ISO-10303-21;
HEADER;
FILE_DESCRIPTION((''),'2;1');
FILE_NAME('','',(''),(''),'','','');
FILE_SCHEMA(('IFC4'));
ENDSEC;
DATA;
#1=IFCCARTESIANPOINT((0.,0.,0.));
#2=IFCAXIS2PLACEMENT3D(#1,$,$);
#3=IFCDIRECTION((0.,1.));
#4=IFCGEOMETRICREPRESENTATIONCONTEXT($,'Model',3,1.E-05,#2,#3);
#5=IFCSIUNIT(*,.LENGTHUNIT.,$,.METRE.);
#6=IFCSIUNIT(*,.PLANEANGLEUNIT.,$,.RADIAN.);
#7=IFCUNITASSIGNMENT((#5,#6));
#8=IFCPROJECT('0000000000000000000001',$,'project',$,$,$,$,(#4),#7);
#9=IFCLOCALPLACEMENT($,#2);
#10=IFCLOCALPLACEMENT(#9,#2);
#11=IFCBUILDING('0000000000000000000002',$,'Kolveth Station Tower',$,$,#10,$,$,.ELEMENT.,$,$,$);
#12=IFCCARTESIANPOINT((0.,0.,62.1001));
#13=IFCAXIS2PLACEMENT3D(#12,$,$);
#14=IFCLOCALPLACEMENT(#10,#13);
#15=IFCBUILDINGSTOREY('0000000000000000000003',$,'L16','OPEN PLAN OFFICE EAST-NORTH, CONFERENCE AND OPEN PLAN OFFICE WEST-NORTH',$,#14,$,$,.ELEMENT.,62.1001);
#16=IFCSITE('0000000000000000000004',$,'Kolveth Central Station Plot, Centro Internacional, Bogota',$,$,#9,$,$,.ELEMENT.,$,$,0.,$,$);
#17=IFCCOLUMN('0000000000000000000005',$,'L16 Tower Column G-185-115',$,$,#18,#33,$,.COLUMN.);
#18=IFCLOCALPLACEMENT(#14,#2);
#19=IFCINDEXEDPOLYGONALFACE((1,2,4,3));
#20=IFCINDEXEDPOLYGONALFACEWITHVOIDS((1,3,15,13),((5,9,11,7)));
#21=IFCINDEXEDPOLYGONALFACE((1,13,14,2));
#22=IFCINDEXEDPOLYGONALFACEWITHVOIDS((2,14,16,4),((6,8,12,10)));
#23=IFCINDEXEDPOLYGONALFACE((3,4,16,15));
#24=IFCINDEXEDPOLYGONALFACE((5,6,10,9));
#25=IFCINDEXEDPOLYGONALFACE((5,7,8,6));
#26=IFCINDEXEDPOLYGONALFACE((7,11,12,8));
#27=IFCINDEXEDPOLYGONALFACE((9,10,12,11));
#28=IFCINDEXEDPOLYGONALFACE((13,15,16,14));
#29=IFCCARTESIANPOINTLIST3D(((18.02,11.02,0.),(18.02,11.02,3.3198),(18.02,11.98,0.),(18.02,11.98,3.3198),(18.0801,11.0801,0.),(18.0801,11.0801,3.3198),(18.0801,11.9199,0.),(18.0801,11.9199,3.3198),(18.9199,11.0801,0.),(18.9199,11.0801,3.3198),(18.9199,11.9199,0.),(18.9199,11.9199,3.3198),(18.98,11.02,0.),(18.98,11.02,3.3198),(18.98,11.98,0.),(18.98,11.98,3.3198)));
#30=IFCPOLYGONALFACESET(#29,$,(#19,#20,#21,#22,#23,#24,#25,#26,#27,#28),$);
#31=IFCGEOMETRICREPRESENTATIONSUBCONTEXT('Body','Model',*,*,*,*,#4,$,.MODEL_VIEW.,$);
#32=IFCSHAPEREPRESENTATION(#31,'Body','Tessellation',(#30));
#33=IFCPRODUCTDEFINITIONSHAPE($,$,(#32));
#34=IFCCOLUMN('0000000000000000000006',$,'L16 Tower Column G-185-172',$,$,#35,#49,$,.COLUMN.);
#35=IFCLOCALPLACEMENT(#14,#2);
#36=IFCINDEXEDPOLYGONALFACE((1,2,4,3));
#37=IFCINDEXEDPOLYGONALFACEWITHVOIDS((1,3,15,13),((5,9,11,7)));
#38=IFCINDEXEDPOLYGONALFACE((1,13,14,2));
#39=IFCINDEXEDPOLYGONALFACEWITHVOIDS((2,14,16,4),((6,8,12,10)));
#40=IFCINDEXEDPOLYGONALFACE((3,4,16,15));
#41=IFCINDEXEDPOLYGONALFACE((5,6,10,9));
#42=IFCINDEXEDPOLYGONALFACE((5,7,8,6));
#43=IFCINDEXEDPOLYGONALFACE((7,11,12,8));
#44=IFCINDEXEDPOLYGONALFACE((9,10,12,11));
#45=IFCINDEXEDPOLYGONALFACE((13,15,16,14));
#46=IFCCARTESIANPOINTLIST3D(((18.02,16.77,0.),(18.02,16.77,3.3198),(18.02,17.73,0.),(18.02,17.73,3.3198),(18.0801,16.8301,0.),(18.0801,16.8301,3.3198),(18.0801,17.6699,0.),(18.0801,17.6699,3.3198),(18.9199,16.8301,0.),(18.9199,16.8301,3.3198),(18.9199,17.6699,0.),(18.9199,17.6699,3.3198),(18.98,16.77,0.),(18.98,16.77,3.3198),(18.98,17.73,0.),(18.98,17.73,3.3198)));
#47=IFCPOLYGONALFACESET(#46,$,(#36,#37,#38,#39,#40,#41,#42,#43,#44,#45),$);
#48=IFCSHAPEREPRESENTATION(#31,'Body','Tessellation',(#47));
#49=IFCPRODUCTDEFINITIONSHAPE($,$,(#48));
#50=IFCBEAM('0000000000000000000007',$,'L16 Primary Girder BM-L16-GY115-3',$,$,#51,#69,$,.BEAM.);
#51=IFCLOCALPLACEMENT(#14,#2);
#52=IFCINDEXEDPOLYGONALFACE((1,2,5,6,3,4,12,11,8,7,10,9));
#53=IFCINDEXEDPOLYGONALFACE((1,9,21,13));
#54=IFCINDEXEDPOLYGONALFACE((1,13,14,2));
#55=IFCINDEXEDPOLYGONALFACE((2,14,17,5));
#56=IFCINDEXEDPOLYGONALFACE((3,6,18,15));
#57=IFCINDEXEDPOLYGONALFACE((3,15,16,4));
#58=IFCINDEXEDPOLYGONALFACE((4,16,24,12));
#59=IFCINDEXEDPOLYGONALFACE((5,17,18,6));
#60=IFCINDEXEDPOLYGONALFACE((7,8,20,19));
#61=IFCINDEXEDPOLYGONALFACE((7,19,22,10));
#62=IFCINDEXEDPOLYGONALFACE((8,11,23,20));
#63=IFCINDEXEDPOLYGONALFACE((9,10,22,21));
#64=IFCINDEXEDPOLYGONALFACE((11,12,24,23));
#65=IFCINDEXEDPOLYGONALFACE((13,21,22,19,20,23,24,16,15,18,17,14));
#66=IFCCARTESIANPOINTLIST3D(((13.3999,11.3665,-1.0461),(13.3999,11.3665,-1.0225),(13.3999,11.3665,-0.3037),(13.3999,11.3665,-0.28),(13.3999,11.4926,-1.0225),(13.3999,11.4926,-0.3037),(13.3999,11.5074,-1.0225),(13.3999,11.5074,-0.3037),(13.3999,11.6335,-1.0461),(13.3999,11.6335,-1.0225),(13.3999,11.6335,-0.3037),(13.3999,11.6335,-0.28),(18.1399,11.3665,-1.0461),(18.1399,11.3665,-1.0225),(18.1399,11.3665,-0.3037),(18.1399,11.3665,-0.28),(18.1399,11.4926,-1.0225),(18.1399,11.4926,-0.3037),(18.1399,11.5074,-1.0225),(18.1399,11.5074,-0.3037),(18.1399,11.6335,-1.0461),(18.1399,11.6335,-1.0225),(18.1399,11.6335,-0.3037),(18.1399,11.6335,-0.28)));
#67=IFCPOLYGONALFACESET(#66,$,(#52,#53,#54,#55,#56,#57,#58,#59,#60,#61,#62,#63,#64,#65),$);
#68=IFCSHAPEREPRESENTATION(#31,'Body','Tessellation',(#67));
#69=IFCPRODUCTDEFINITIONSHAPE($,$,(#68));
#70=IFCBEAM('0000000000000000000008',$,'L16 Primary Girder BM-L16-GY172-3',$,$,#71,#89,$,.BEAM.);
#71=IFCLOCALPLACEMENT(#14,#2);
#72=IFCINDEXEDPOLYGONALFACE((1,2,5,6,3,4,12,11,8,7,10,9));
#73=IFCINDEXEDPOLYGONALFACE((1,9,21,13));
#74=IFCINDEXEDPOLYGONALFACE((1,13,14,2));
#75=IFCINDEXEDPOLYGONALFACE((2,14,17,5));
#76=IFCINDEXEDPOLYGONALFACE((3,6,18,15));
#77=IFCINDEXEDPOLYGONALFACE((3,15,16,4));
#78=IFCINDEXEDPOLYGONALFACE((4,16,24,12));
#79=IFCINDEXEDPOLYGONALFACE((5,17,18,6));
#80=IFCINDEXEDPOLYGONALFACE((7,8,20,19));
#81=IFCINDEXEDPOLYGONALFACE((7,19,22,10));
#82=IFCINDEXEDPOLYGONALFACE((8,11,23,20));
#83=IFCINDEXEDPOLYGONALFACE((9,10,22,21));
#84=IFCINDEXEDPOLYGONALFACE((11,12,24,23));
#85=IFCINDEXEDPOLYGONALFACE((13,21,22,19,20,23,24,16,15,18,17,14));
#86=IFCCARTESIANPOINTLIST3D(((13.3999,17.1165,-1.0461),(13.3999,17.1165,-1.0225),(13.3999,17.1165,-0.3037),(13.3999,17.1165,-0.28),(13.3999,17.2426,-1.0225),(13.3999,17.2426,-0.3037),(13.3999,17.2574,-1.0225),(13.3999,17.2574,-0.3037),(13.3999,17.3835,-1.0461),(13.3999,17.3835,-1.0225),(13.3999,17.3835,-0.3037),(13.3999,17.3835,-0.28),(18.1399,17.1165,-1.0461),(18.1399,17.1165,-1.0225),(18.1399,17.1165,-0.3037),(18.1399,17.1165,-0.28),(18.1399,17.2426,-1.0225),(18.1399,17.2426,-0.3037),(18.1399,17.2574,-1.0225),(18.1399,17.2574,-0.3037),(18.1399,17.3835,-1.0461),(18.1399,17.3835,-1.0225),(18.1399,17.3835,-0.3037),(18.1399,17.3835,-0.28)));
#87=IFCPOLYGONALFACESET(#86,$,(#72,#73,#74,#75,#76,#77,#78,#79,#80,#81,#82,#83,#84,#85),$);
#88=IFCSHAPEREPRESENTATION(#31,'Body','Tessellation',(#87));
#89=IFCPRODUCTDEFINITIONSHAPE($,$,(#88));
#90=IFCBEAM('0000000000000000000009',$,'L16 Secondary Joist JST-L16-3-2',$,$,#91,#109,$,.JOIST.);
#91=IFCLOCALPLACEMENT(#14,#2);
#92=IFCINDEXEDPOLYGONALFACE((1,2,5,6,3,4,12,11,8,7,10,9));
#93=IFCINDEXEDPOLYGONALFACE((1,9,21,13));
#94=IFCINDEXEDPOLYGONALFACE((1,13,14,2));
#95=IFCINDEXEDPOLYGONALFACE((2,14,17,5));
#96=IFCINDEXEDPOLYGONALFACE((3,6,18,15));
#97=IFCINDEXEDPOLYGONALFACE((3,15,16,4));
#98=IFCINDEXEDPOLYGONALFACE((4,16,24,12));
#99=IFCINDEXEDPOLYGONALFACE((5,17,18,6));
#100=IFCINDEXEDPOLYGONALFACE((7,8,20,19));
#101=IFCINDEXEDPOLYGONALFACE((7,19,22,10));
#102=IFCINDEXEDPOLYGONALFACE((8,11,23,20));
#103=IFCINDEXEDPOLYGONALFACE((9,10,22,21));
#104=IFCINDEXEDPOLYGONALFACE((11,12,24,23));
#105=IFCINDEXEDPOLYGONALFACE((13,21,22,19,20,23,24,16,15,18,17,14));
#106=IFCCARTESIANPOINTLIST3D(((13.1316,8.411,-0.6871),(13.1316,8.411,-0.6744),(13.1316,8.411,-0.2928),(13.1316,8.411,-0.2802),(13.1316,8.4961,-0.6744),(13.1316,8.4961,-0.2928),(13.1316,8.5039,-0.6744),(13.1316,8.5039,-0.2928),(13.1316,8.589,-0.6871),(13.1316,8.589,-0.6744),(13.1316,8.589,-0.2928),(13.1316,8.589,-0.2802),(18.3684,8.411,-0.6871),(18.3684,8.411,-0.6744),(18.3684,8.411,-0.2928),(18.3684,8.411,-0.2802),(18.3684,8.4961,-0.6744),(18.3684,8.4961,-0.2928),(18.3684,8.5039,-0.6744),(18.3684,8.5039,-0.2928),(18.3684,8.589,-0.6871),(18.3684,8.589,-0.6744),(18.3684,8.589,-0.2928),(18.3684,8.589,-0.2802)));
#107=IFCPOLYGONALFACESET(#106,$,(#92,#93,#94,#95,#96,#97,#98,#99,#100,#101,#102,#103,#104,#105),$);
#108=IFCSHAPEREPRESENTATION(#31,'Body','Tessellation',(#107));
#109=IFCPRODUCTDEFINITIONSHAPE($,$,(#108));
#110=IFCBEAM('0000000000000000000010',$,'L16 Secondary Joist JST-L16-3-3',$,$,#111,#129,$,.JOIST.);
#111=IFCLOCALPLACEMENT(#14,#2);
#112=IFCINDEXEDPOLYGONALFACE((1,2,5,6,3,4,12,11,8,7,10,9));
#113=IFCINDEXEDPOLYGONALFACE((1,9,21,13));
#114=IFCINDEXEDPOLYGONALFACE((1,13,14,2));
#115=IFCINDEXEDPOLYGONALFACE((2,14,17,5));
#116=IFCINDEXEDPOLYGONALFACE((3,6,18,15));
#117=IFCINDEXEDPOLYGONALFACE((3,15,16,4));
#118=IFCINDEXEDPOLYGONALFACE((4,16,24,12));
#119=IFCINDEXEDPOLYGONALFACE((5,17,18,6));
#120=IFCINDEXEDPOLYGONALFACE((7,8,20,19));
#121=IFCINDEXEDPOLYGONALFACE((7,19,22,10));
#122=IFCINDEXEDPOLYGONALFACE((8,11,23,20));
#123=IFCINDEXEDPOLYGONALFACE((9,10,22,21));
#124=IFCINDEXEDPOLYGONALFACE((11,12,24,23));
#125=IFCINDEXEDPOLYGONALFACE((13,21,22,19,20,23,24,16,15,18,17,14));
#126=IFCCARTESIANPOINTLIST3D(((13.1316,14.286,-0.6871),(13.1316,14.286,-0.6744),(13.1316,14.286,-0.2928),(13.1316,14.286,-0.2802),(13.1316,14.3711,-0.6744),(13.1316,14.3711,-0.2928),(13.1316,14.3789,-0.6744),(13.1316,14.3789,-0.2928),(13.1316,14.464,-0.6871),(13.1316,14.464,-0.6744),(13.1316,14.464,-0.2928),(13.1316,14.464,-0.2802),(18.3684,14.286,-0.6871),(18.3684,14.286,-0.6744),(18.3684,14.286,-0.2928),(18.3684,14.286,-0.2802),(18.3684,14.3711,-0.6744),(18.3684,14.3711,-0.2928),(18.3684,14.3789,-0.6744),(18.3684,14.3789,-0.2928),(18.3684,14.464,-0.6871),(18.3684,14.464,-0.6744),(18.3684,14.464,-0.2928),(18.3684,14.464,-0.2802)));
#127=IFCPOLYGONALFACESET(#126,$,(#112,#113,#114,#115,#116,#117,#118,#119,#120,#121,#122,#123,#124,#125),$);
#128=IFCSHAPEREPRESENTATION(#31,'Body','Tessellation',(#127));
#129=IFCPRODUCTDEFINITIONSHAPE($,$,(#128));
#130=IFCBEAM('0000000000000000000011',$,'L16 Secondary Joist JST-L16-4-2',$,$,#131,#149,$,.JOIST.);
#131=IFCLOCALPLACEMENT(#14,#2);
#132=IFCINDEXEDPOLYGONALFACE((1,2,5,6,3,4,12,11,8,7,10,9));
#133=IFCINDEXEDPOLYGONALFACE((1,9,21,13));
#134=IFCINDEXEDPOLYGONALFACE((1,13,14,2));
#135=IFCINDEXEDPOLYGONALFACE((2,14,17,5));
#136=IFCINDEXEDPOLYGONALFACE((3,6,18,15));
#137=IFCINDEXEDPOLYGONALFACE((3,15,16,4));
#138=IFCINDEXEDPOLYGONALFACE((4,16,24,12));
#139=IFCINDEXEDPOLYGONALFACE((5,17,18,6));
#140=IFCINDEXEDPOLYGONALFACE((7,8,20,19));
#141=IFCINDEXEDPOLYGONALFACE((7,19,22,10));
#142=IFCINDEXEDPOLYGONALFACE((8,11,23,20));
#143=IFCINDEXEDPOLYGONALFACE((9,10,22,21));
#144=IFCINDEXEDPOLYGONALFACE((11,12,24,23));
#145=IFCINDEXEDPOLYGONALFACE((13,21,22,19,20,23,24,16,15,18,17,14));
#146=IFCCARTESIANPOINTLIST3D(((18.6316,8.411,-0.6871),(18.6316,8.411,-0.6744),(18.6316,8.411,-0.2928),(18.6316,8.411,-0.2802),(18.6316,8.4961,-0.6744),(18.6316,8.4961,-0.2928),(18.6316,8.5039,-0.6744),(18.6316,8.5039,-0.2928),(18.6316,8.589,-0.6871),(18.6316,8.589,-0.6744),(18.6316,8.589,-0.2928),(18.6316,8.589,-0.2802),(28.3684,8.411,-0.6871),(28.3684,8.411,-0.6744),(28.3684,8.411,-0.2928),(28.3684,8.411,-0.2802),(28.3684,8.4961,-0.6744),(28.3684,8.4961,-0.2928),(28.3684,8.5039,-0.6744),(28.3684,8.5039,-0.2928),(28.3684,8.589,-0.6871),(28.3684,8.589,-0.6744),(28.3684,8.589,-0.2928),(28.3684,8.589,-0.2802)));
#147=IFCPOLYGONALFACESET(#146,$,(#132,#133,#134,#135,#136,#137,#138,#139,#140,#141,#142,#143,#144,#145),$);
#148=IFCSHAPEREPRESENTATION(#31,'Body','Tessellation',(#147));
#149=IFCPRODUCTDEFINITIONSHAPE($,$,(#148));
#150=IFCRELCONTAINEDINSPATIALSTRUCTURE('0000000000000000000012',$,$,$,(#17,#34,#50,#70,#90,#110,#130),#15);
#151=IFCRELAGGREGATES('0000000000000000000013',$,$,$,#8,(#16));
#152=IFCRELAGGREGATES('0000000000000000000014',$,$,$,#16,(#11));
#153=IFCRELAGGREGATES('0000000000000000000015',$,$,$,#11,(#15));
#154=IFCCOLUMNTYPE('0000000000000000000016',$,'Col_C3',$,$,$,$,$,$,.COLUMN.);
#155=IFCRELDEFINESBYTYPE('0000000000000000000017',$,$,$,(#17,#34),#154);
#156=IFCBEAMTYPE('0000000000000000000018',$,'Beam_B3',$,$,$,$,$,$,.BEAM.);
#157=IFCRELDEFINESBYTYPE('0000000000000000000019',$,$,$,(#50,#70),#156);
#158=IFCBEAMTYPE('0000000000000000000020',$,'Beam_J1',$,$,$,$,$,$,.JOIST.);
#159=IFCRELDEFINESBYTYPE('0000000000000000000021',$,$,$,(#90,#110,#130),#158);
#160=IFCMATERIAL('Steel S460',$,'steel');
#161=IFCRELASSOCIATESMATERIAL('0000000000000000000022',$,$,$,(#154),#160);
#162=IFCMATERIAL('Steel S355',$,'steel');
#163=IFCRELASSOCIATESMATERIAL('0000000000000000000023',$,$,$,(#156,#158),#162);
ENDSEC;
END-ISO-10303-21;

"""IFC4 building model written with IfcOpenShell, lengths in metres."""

from ifc_helpers import new_model, si_unit, direction, frame, origin, origin_2d, place, context, subcontext, project, spatial, hollow_rectangle, i_section, extrude, source, transform, mapped, material, material_profile, profile_set, type_object, element, save


model = new_model("IFC4")

# Units and contexts
model_context = context("Model", 3, precision=1e-05, world=origin(), true_north=direction((0.0, 1.0)))
body_context = subcontext(model_context, "Body", "Model", "MODEL_VIEW")
ifc_project = project(units=[si_unit("LENGTHUNIT", "METRE"), si_unit("PLANEANGLEUNIT", "RADIAN")], contexts=[model_context])

# Site, building, storey
site_placement = place(None, origin())
site = spatial("IfcSite", under=ifc_project, at=site_placement, Name="Kolveth Central Station Plot, Centro Internacional, Bogota", CompositionType="ELEMENT", RefElevation=0.0)
building_placement = place(site_placement, origin())
building = spatial("IfcBuilding", under=site, at=building_placement, Name="Kolveth Station Tower", CompositionType="ELEMENT")
storey_placement = place(building_placement, frame((0.0, 0.0, 62.1001)))
storey = spatial("IfcBuildingStorey", under=building, at=storey_placement, Name="L16", Description="OPEN PLAN OFFICE EAST-NORTH, CONFERENCE AND OPEN PLAN OFFICE WEST-NORTH", CompositionType="ELEMENT", Elevation=62.1001)

# Columns
ifc_material_1 = material(Name="Steel S460", Category="steel")
ifc_material_profile_1 = material_profile(ifc_material_1, hollow_rectangle(XDim=0.96, YDim=0.96, WallThickness=0.0601, at=origin_2d()), Name="BOX960x960x60")
ifc_profile_set_1 = profile_set([ifc_material_profile_1], Name="Steel S460")
column_type = type_object("IfcColumnType", Name="Col_C3", PredefinedType="COLUMN", material=ifc_profile_set_1)
shared_shape_1 = source(origin(), body_context, "Body", "SweptSolid", [
    extrude(hollow_rectangle(XDim=0.96, YDim=0.96, WallThickness=0.0601, at=origin_2d()), origin(), (0.0, 0.0, 1.0), 3.3198),
])
for number, where, z_axis, x_axis, name in (
    (1, (18.5, 11.5, 0.0), (0.0, 0.0, 1.0), (1.0, 0.0, 0.0), "L16 Tower Column G-185-115"),
    (2, (18.5, 17.25, 0.0), (0.0, 0.0, 1.0), (1.0, 0.0, 0.0), "L16 Tower Column G-185-172"),
):
    element("IfcColumn", number, at=place(storey_placement, frame(where, z_axis=z_axis, x_axis=x_axis)), inside=storey, type_object=column_type, Name=name, PredefinedType="COLUMN", context=body_context, shape_type="MappedRepresentation", body=[
        mapped(shared_shape_1, transform((0.0, 0.0, 0.0), x_axis=(1.0, 0.0, 0.0), y_axis=(0.0, 1.0, 0.0), z_axis=(0.0, 0.0, 1.0), scale=1.0)),
    ])

# Beams
ifc_material_2 = material(Name="Steel S355", Category="steel")
ifc_material_profile_2 = material_profile(ifc_material_2, i_section(OverallWidth=0.2671, OverallDepth=0.7661, WebThickness=0.0149, FlangeThickness=0.0237, at=origin_2d()), Name="W760x185")
ifc_profile_set_2 = profile_set([ifc_material_profile_2], Name="Steel S355")
beam_type_1 = type_object("IfcBeamType", Name="Beam_B3", PredefinedType="BEAM", material=ifc_profile_set_2)
shared_shape_2 = source(origin(), body_context, "Body", "SweptSolid", [
    extrude(i_section(OverallWidth=0.2671, OverallDepth=0.7661, WebThickness=0.0149, FlangeThickness=0.0237, at=origin_2d()), origin(), (0.0, 0.0, 1.0), 4.74),
])
for number, where, z_axis, x_axis, name in (
    (3, (13.3999, 11.5, -0.6631), (1.0, 0.0, 0.0), (0.0, 1.0, 0.0), "L16 Primary Girder BM-L16-GY115-3"),
    (4, (13.3999, 17.25, -0.6631), (1.0, 0.0, 0.0), (0.0, 1.0, 0.0), "L16 Primary Girder BM-L16-GY172-3"),
):
    element("IfcBeam", number, at=place(storey_placement, frame(where, z_axis=z_axis, x_axis=x_axis)), inside=storey, type_object=beam_type_1, Name=name, PredefinedType="BEAM", context=body_context, shape_type="MappedRepresentation", body=[
        mapped(shared_shape_2, transform((0.0, 0.0, 0.0), x_axis=(1.0, 0.0, 0.0), y_axis=(0.0, 1.0, 0.0), z_axis=(0.0, 0.0, 1.0), scale=1.0)),
    ])
ifc_material_profile_3 = material_profile(ifc_material_2, i_section(OverallWidth=0.178, OverallDepth=0.407, WebThickness=0.0078, FlangeThickness=0.0127, at=origin_2d()), Name="W410x60")
ifc_profile_set_3 = profile_set([ifc_material_profile_3], Name="Steel S355")
beam_type_2 = type_object("IfcBeamType", Name="Beam_J1", PredefinedType="JOIST", material=ifc_profile_set_3)
shared_shape_3 = source(origin(), body_context, "Body", "SweptSolid", [
    extrude(i_section(OverallWidth=0.178, OverallDepth=0.407, WebThickness=0.0078, FlangeThickness=0.0127, at=origin_2d()), origin(), (0.0, 0.0, 1.0), 5.2368),
])
for number, where, z_axis, x_axis, name in (
    (5, (13.1316, 8.5, -0.4836), (1.0, 0.0, 0.0), (0.0, 1.0, 0.0), "L16 Secondary Joist JST-L16-3-2"),
    (6, (13.1316, 14.375, -0.4836), (1.0, 0.0, 0.0), (0.0, 1.0, 0.0), "L16 Secondary Joist JST-L16-3-3"),
):
    element("IfcBeam", number, at=place(storey_placement, frame(where, z_axis=z_axis, x_axis=x_axis)), inside=storey, type_object=beam_type_2, Name=name, PredefinedType="JOIST", context=body_context, shape_type="MappedRepresentation", body=[
        mapped(shared_shape_3, transform((0.0, 0.0, 0.0), x_axis=(1.0, 0.0, 0.0), y_axis=(0.0, 1.0, 0.0), z_axis=(0.0, 0.0, 1.0), scale=1.0)),
    ])
shared_shape_4 = source(origin(), body_context, "Body", "SweptSolid", [
    extrude(i_section(OverallWidth=0.178, OverallDepth=0.407, WebThickness=0.0078, FlangeThickness=0.0127, at=origin_2d()), origin(), (0.0, 0.0, 1.0), 9.7368),
])
beam_placement = place(storey_placement, frame((18.6316, 8.5, -0.4836), z_axis=(1.0, 0.0, 0.0), x_axis=(0.0, 1.0, 0.0)))
element("IfcBeam", 7, at=beam_placement, inside=storey, type_object=beam_type_2, Name="L16 Secondary Joist JST-L16-4-2", PredefinedType="JOIST", context=body_context, shape_type="MappedRepresentation", body=[
    mapped(shared_shape_4, transform((0.0, 0.0, 0.0), x_axis=(1.0, 0.0, 0.0), y_axis=(0.0, 1.0, 0.0), z_axis=(0.0, 0.0, 1.0), scale=1.0)),
])

save(model, "model.ifc")
